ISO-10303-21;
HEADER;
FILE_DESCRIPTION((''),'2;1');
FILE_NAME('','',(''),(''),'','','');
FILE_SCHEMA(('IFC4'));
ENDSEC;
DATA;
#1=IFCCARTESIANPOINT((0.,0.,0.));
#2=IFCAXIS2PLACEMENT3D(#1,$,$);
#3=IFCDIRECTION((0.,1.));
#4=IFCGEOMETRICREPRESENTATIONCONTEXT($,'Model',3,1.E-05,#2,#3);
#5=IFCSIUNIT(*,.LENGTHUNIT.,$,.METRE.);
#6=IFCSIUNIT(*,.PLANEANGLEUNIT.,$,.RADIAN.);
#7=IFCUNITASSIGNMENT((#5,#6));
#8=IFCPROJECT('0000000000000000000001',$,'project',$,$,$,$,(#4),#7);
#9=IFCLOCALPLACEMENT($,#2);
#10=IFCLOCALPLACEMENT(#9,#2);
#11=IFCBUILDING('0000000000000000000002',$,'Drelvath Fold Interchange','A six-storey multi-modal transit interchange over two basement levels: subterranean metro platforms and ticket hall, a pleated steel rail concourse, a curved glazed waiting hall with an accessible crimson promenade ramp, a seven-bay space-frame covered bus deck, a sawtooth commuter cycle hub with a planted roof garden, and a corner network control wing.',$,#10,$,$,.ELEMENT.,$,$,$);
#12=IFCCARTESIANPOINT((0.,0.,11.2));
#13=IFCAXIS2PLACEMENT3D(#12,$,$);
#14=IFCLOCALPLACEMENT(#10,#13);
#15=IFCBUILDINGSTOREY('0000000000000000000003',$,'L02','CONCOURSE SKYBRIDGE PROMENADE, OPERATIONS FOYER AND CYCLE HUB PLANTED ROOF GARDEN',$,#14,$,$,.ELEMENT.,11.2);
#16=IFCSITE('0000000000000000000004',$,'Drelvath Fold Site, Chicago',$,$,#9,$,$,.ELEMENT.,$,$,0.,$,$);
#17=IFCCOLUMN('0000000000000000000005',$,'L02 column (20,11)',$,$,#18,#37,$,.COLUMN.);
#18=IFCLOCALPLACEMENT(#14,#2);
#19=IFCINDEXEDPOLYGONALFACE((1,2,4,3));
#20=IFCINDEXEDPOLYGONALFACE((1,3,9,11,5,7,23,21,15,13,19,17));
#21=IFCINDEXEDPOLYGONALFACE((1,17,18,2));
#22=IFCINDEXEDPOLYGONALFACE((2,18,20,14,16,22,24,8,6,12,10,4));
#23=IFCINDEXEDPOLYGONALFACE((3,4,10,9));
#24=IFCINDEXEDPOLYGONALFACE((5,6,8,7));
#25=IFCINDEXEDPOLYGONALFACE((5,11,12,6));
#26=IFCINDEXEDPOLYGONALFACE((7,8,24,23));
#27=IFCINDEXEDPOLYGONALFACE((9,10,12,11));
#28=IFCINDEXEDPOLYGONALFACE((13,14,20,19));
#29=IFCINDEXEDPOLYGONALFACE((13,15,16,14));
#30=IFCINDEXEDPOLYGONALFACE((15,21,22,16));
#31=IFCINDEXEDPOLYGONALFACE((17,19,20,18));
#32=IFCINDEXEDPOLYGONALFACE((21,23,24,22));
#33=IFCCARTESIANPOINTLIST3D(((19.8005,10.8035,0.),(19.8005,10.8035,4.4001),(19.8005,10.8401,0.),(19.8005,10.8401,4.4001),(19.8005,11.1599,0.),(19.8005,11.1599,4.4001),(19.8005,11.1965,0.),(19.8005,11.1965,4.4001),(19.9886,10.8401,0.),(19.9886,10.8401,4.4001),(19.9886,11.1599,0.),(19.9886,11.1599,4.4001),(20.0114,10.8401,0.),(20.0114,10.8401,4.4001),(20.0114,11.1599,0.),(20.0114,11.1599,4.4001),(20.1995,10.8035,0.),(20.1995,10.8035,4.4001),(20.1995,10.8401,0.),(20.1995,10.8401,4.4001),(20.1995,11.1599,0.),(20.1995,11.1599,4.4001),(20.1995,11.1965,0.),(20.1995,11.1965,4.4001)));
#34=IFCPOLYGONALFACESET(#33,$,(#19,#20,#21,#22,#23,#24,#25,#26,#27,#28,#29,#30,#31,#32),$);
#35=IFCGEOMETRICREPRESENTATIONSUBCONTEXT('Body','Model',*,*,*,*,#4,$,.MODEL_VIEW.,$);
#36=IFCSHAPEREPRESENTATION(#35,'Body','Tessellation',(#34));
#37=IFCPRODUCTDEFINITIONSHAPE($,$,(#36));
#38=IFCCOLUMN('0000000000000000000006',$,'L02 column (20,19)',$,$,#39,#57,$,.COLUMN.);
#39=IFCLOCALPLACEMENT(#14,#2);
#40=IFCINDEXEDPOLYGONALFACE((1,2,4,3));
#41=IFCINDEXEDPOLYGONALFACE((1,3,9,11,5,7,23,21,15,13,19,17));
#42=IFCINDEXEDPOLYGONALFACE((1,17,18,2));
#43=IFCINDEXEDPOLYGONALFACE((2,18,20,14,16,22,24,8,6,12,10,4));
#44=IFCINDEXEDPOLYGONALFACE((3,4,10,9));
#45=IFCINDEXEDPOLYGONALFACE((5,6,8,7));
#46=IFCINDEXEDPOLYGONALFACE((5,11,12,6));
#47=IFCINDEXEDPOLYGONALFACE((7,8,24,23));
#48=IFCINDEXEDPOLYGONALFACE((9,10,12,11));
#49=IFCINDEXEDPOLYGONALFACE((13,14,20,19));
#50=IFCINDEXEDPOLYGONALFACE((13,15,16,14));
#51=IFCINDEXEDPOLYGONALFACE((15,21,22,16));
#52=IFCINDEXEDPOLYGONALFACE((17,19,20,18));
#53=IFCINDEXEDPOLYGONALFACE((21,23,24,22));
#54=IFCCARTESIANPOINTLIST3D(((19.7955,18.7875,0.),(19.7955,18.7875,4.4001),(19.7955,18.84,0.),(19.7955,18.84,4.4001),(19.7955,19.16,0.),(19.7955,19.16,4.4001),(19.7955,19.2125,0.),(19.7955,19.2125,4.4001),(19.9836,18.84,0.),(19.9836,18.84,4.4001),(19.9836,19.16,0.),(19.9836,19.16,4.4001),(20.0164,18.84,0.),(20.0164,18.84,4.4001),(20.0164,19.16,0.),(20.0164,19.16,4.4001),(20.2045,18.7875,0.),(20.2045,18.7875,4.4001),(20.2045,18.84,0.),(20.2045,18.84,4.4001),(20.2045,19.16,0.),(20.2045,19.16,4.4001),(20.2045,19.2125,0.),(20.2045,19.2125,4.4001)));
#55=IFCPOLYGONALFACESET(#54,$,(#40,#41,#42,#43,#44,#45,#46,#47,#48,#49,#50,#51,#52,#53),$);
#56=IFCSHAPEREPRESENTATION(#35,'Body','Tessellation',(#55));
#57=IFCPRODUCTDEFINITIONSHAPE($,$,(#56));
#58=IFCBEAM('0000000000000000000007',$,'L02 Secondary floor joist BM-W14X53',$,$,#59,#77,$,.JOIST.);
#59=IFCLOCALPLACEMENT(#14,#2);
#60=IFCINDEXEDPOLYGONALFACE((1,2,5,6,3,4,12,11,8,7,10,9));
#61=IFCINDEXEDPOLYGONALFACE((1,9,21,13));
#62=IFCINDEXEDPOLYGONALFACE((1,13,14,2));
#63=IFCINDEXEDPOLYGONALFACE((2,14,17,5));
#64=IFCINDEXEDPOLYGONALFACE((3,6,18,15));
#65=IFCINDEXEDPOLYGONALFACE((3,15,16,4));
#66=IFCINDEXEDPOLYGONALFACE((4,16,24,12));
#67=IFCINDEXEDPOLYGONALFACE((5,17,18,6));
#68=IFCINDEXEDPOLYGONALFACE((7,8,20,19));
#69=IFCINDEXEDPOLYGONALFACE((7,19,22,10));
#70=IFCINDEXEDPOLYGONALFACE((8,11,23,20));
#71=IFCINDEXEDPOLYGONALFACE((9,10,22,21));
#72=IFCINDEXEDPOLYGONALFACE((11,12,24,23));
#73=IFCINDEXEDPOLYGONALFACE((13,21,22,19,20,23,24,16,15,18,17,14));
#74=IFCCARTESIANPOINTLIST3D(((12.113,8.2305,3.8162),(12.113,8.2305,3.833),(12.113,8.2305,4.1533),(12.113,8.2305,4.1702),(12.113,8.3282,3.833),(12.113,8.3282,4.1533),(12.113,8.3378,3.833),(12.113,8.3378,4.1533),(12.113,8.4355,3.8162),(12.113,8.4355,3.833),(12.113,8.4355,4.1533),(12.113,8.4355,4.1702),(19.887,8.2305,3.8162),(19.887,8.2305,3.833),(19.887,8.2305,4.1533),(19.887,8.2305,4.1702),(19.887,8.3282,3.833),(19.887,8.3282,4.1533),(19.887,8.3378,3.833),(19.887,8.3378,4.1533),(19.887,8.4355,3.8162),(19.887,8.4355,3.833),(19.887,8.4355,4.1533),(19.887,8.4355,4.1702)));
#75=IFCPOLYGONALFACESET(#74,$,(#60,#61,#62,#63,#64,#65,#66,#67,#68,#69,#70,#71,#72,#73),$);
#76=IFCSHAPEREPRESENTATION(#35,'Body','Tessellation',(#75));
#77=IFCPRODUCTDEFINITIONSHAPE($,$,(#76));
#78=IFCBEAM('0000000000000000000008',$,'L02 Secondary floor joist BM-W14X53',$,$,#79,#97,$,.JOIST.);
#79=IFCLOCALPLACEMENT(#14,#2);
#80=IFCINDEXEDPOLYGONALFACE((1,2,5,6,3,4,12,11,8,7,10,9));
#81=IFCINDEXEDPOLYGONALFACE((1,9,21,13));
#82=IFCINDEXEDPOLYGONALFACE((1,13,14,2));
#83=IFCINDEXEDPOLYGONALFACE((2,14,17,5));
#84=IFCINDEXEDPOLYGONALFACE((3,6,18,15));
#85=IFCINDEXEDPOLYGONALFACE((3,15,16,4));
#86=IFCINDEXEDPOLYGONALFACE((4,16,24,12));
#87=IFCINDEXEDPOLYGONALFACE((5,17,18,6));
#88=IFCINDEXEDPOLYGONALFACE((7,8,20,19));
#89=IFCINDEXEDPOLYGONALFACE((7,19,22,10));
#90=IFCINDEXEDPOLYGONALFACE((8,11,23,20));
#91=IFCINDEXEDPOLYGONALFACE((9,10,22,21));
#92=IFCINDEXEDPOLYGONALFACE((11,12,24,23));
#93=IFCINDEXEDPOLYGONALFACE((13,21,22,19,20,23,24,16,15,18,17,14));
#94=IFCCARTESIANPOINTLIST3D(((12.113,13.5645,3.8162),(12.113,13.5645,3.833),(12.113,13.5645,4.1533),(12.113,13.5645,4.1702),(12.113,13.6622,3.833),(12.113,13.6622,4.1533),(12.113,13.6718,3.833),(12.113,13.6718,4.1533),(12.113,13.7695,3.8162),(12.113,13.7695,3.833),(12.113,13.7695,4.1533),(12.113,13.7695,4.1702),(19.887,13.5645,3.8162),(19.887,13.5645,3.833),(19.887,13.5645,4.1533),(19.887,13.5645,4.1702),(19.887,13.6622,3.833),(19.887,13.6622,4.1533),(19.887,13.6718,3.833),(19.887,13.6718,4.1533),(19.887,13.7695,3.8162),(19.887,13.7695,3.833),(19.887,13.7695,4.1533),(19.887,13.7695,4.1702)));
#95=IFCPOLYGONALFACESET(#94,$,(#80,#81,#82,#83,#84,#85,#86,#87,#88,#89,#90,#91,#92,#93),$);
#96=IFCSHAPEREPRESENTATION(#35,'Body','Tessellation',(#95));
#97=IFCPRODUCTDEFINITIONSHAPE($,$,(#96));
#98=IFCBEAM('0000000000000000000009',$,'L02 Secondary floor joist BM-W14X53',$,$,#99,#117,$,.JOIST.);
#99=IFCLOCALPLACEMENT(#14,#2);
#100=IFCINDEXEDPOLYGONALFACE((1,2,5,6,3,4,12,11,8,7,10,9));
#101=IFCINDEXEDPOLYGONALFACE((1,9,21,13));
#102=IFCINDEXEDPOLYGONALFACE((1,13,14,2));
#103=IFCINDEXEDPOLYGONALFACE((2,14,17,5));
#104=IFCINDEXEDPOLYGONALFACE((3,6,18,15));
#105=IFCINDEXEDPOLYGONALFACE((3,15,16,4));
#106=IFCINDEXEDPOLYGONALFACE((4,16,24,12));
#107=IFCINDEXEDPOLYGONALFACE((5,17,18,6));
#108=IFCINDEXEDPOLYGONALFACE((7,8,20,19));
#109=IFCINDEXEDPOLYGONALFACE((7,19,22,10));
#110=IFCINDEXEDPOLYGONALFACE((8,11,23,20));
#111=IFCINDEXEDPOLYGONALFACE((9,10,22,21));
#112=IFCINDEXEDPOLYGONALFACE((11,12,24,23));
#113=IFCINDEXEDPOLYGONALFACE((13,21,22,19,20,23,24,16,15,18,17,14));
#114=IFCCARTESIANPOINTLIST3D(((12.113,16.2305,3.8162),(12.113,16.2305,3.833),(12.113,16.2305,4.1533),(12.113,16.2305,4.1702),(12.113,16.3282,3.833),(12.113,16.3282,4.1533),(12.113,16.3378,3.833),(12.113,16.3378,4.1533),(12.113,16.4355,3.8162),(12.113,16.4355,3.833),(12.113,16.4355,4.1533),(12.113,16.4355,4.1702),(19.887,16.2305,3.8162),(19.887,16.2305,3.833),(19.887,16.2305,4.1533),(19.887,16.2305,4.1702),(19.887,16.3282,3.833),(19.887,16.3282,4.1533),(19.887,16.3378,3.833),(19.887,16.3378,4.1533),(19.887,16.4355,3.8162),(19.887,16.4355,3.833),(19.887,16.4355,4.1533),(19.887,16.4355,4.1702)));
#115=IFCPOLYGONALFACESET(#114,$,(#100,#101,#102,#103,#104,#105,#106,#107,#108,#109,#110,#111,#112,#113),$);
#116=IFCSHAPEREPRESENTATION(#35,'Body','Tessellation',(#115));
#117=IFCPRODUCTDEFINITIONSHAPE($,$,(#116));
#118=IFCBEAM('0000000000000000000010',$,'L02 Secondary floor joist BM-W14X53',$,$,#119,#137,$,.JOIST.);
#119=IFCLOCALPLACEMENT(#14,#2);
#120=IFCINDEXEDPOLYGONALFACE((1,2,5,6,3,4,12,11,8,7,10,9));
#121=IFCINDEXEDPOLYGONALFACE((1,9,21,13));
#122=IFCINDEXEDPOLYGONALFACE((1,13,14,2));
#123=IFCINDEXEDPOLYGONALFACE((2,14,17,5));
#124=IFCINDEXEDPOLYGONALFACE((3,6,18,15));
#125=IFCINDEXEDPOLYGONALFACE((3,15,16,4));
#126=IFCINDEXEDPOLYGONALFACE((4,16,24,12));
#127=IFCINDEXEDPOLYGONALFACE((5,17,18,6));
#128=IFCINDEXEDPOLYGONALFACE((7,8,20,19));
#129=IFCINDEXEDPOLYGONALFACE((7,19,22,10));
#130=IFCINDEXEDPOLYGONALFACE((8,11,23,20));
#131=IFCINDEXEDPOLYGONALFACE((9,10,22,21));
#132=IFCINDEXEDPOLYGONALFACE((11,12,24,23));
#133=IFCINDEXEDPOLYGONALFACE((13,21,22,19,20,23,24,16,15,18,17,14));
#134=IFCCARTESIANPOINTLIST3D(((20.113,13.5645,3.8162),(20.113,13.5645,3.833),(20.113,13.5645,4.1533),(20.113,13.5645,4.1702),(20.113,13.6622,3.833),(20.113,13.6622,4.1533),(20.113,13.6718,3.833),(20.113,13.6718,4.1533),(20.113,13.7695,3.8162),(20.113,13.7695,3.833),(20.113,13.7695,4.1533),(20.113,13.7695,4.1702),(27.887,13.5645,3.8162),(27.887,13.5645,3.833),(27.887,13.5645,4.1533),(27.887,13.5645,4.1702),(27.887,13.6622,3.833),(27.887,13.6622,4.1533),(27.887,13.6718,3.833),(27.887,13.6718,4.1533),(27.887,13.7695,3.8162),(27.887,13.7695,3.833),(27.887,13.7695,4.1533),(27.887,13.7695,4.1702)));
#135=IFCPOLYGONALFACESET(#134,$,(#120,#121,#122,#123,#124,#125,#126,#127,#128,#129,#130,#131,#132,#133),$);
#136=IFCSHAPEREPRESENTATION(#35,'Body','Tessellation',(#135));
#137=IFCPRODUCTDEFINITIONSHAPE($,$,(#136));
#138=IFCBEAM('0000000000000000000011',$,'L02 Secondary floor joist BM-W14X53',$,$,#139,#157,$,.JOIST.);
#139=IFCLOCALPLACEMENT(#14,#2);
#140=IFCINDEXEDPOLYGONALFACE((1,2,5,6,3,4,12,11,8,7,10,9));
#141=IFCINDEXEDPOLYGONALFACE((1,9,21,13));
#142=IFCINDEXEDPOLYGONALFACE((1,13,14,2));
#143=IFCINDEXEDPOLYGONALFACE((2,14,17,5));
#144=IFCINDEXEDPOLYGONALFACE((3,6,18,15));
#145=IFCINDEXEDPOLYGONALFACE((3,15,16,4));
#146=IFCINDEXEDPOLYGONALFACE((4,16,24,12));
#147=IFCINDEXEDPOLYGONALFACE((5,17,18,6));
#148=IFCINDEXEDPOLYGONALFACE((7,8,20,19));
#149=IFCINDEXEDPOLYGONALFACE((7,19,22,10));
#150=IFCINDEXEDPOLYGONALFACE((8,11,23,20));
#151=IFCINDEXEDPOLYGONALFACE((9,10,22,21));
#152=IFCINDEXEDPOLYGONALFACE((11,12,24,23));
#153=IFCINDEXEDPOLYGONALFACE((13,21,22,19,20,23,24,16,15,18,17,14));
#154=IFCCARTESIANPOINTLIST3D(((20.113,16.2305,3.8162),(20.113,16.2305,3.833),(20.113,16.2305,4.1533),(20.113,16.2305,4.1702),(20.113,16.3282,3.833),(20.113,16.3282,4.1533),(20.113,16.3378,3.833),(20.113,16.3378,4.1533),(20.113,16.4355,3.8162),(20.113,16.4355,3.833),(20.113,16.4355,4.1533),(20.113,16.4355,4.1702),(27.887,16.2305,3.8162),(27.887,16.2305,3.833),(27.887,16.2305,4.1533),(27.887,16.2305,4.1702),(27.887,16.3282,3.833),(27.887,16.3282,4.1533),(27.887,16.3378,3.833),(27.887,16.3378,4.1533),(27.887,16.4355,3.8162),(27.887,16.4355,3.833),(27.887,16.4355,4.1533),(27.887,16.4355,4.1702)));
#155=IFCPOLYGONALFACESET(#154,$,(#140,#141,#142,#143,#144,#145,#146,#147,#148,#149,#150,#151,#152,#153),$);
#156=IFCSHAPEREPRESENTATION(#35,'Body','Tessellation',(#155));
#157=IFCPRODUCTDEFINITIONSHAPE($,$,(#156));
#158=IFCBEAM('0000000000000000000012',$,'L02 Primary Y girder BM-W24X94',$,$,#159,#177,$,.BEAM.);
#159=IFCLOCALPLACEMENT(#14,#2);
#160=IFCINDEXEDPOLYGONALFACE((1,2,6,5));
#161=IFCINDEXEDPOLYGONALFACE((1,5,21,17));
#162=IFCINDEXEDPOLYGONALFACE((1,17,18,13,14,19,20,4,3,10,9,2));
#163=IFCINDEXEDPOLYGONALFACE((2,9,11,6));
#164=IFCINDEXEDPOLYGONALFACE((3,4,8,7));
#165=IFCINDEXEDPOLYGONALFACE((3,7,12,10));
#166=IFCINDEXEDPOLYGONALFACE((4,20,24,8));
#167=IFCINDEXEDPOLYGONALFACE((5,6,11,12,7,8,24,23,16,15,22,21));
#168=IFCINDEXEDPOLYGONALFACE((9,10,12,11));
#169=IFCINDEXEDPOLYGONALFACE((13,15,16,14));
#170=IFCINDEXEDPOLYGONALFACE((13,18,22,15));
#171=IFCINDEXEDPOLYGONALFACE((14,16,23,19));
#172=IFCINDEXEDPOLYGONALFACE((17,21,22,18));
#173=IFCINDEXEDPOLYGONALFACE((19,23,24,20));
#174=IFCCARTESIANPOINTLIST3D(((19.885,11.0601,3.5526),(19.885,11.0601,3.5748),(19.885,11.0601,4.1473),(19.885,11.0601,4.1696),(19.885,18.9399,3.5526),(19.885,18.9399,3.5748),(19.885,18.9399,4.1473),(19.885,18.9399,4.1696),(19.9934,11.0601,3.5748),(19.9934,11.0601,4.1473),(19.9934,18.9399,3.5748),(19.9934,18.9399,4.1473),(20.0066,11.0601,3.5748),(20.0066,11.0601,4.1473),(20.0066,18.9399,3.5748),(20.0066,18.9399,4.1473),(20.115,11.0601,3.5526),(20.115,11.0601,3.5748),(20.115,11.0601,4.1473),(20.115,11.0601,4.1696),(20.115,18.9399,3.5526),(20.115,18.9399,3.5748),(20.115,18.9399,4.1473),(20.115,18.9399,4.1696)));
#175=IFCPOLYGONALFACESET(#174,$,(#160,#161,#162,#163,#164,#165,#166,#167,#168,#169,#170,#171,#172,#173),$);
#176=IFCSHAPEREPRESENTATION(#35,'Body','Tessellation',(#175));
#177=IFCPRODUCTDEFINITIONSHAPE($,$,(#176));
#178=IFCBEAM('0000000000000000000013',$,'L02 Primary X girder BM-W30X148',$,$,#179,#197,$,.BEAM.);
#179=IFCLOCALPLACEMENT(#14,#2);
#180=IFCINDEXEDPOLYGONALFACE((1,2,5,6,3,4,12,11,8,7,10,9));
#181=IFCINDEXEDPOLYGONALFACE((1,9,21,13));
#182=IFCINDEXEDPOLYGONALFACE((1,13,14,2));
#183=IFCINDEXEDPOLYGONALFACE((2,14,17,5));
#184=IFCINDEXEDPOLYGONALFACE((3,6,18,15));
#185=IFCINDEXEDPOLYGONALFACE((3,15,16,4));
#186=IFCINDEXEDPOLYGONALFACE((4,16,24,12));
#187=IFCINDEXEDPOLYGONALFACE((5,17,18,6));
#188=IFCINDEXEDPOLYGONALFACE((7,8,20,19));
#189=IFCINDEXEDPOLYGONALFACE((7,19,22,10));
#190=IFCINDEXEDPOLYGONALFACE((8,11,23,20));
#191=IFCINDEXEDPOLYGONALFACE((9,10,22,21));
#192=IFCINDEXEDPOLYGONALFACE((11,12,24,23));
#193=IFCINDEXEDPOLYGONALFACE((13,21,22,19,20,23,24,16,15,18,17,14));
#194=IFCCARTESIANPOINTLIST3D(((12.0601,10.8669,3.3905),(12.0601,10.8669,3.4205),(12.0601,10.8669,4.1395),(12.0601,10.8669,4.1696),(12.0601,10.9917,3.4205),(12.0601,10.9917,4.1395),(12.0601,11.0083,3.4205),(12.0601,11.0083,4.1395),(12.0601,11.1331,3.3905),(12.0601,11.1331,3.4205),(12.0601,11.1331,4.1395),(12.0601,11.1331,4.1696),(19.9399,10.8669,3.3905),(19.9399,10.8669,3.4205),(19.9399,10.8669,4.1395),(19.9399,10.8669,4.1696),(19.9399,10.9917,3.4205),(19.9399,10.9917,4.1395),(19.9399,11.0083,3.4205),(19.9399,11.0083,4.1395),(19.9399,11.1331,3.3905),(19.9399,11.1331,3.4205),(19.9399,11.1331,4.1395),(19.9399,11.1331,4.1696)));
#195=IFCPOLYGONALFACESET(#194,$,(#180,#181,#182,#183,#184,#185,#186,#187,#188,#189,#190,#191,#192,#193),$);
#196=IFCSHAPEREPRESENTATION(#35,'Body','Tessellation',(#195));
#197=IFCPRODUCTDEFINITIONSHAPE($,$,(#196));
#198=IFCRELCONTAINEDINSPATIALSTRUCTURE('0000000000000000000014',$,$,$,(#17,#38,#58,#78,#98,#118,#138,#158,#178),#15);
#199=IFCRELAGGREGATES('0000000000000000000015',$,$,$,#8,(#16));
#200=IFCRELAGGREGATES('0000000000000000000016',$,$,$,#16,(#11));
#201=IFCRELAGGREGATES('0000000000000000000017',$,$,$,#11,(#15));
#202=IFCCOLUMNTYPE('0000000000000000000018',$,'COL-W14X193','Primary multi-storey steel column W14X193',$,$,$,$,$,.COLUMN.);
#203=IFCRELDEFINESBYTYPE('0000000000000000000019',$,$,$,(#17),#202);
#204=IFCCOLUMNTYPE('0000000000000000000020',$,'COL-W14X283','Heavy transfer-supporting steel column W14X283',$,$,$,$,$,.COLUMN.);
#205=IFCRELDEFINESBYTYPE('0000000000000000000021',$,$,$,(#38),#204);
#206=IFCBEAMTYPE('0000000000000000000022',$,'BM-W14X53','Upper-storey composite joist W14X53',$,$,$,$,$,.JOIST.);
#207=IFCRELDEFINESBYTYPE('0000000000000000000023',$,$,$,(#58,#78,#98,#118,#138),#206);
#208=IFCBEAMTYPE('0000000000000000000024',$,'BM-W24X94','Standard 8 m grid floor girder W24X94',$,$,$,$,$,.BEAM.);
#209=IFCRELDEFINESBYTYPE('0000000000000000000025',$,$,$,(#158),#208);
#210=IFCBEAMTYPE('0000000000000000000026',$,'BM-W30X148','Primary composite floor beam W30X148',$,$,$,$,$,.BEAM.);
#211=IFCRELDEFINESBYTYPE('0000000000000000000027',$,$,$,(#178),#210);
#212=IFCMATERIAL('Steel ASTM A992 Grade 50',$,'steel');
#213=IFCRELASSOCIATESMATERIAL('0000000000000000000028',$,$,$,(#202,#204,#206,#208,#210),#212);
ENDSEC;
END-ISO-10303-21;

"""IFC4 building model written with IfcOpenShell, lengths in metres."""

from ifc_helpers import new_model, si_unit, direction, frame, origin, origin_2d, place, context, subcontext, project, spatial, i_section, extrude, material, material_profile, profile_set, type_object, element, save


model = new_model("IFC4")

# Units and contexts
model_context = context("Model", 3, precision=1e-05, world=origin(), true_north=direction((0.0, 1.0)))
body_context = subcontext(model_context, "Body", "Model", "MODEL_VIEW")
ifc_project = project(units=[si_unit("LENGTHUNIT", "METRE"), si_unit("PLANEANGLEUNIT", "RADIAN")], contexts=[model_context])

# Site, building, storey
site_placement = place(None, origin())
site = spatial("IfcSite", under=ifc_project, at=site_placement, Name="Drelvath Fold Site, Chicago", CompositionType="ELEMENT", RefElevation=0.0)
building_placement = place(site_placement, origin())
building = spatial("IfcBuilding", under=site, at=building_placement, Name="Drelvath Fold Interchange", Description="A six-storey multi-modal transit interchange over two basement levels: subterranean metro platforms and ticket hall, a pleated steel rail concourse, a curved glazed waiting hall with an accessible crimson promenade ramp, a seven-bay space-frame covered bus deck, a sawtooth commuter cycle hub with a planted roof garden, and a corner network control wing.", CompositionType="ELEMENT")
storey_placement = place(building_placement, frame((0.0, 0.0, 11.2)))
storey = spatial("IfcBuildingStorey", under=building, at=storey_placement, Name="L02", Description="CONCOURSE SKYBRIDGE PROMENADE, OPERATIONS FOYER AND CYCLE HUB PLANTED ROOF GARDEN", CompositionType="ELEMENT", Elevation=11.2)

# Columns
ifc_material_1 = material(Name="Steel ASTM A992 Grade 50", Category="steel")
ifc_material_profile_1 = material_profile(ifc_material_1, i_section(OverallWidth=0.3989, OverallDepth=0.3931, WebThickness=0.0227, FlangeThickness=0.0366, at=origin_2d()), Name="W14X193")
ifc_profile_set_1 = profile_set([ifc_material_profile_1], Name="Steel ASTM A992 Grade 50")
column_type_1 = type_object("IfcColumnType", Name="COL-W14X193", Description="Primary multi-storey steel column W14X193", PredefinedType="COLUMN", material=ifc_profile_set_1)
column_1_placement = place(storey_placement, frame((20.0, 11.0, 0.0), z_axis=(0.0, 0.0, 1.0), x_axis=(1.0, 0.0, 0.0)))
element("IfcColumn", 1, at=column_1_placement, inside=storey, type_object=column_type_1, Name="L02 column (20,11)", PredefinedType="COLUMN", context=body_context, shape_type="SweptSolid", body=[
    extrude(i_section(OverallWidth=0.3989, OverallDepth=0.3931, WebThickness=0.0227, FlangeThickness=0.0366, at=origin_2d()), origin(), (0.0, 0.0, 1.0), 4.4001),
])
ifc_material_profile_2 = material_profile(ifc_material_1, i_section(OverallWidth=0.4089, OverallDepth=0.425, WebThickness=0.0327, FlangeThickness=0.0525, at=origin_2d()), Name="W14X283")
ifc_profile_set_2 = profile_set([ifc_material_profile_2], Name="Steel ASTM A992 Grade 50")
column_type_2 = type_object("IfcColumnType", Name="COL-W14X283", Description="Heavy transfer-supporting steel column W14X283", PredefinedType="COLUMN", material=ifc_profile_set_2)
column_2_placement = place(storey_placement, frame((20.0, 19.0, 0.0), z_axis=(0.0, 0.0, 1.0), x_axis=(1.0, 0.0, 0.0)))
element("IfcColumn", 2, at=column_2_placement, inside=storey, type_object=column_type_2, Name="L02 column (20,19)", PredefinedType="COLUMN", context=body_context, shape_type="SweptSolid", body=[
    extrude(i_section(OverallWidth=0.4089, OverallDepth=0.425, WebThickness=0.0327, FlangeThickness=0.0525, at=origin_2d()), origin(), (0.0, 0.0, 1.0), 4.4001),
])

# Beams
ifc_material_profile_3 = material_profile(ifc_material_1, i_section(OverallWidth=0.2051, OverallDepth=0.354, WebThickness=0.0095, FlangeThickness=0.0168, at=origin_2d()), Name="W14X53")
ifc_profile_set_3 = profile_set([ifc_material_profile_3], Name="Steel ASTM A992 Grade 50")
beam_type_1 = type_object("IfcBeamType", Name="BM-W14X53", Description="Upper-storey composite joist W14X53", PredefinedType="JOIST", material=ifc_profile_set_3)
for number, where, z_axis, x_axis, name in (
    (3, (12.113, 8.333, 3.9932), (1.0, 0.0, 0.0), (0.0, 1.0, 0.0), "L02 Secondary floor joist BM-W14X53"),
    (4, (12.113, 13.667, 3.9932), (1.0, 0.0, 0.0), (0.0, 1.0, 0.0), "L02 Secondary floor joist BM-W14X53"),
    (5, (12.113, 16.333, 3.9932), (1.0, 0.0, 0.0), (0.0, 1.0, 0.0), "L02 Secondary floor joist BM-W14X53"),
    (6, (20.113, 13.667, 3.9932), (1.0, 0.0, 0.0), (0.0, 1.0, 0.0), "L02 Secondary floor joist BM-W14X53"),
    (7, (20.113, 16.333, 3.9932), (1.0, 0.0, 0.0), (0.0, 1.0, 0.0), "L02 Secondary floor joist BM-W14X53"),
):
    element("IfcBeam", number, at=place(storey_placement, frame(where, z_axis=z_axis, x_axis=x_axis)), inside=storey, type_object=beam_type_1, Name=name, PredefinedType="JOIST", context=body_context, shape_type="SweptSolid", body=[
        extrude(i_section(OverallWidth=0.2051, OverallDepth=0.354, WebThickness=0.0095, FlangeThickness=0.0168, at=origin_2d()), origin(), (0.0, 0.0, 1.0), 7.7739),
    ])
ifc_material_profile_4 = material_profile(ifc_material_1, i_section(OverallWidth=0.23, OverallDepth=0.6169, WebThickness=0.0132, FlangeThickness=0.0222, at=origin_2d()), Name="W24X94")
ifc_profile_set_4 = profile_set([ifc_material_profile_4], Name="Steel ASTM A992 Grade 50")
beam_type_2 = type_object("IfcBeamType", Name="BM-W24X94", Description="Standard 8 m grid floor girder W24X94", PredefinedType="BEAM", material=ifc_profile_set_4)
beam_placement = place(storey_placement, frame((20.0, 11.0601, 3.8611), z_axis=(0.0, 1.0, 0.0), x_axis=(-1.0, 0.0, 0.0)))
element("IfcBeam", 8, at=beam_placement, inside=storey, type_object=beam_type_2, Name="L02 Primary Y girder BM-W24X94", PredefinedType="BEAM", context=body_context, shape_type="SweptSolid", body=[
    extrude(i_section(OverallWidth=0.23, OverallDepth=0.6169, WebThickness=0.0132, FlangeThickness=0.0222, at=origin_2d()), origin(), (0.0, 0.0, 1.0), 7.8799),
])
ifc_material_profile_5 = material_profile(ifc_material_1, i_section(OverallWidth=0.2661, OverallDepth=0.7791, WebThickness=0.0166, FlangeThickness=0.03, at=origin_2d()), Name="W30X148")
ifc_profile_set_5 = profile_set([ifc_material_profile_5], Name="Steel ASTM A992 Grade 50")
beam_type_3 = type_object("IfcBeamType", Name="BM-W30X148", Description="Primary composite floor beam W30X148", PredefinedType="BEAM", material=ifc_profile_set_5)
for number, where, z_axis, x_axis, name in (
    (9, (12.0601, 11.0, 3.78), (1.0, 0.0, 0.0), (0.0, 1.0, 0.0), "L02 Primary X girder BM-W30X148"),
):
    element("IfcBeam", number, at=place(storey_placement, frame(where, z_axis=z_axis, x_axis=x_axis)), inside=storey, type_object=beam_type_3, Name=name, PredefinedType="BEAM", context=body_context, shape_type="SweptSolid", body=[
        extrude(i_section(OverallWidth=0.2661, OverallDepth=0.7791, WebThickness=0.0166, FlangeThickness=0.03, at=origin_2d()), origin(), (0.0, 0.0, 1.0), 7.8799),
    ])

save(model, "model.ifc")
